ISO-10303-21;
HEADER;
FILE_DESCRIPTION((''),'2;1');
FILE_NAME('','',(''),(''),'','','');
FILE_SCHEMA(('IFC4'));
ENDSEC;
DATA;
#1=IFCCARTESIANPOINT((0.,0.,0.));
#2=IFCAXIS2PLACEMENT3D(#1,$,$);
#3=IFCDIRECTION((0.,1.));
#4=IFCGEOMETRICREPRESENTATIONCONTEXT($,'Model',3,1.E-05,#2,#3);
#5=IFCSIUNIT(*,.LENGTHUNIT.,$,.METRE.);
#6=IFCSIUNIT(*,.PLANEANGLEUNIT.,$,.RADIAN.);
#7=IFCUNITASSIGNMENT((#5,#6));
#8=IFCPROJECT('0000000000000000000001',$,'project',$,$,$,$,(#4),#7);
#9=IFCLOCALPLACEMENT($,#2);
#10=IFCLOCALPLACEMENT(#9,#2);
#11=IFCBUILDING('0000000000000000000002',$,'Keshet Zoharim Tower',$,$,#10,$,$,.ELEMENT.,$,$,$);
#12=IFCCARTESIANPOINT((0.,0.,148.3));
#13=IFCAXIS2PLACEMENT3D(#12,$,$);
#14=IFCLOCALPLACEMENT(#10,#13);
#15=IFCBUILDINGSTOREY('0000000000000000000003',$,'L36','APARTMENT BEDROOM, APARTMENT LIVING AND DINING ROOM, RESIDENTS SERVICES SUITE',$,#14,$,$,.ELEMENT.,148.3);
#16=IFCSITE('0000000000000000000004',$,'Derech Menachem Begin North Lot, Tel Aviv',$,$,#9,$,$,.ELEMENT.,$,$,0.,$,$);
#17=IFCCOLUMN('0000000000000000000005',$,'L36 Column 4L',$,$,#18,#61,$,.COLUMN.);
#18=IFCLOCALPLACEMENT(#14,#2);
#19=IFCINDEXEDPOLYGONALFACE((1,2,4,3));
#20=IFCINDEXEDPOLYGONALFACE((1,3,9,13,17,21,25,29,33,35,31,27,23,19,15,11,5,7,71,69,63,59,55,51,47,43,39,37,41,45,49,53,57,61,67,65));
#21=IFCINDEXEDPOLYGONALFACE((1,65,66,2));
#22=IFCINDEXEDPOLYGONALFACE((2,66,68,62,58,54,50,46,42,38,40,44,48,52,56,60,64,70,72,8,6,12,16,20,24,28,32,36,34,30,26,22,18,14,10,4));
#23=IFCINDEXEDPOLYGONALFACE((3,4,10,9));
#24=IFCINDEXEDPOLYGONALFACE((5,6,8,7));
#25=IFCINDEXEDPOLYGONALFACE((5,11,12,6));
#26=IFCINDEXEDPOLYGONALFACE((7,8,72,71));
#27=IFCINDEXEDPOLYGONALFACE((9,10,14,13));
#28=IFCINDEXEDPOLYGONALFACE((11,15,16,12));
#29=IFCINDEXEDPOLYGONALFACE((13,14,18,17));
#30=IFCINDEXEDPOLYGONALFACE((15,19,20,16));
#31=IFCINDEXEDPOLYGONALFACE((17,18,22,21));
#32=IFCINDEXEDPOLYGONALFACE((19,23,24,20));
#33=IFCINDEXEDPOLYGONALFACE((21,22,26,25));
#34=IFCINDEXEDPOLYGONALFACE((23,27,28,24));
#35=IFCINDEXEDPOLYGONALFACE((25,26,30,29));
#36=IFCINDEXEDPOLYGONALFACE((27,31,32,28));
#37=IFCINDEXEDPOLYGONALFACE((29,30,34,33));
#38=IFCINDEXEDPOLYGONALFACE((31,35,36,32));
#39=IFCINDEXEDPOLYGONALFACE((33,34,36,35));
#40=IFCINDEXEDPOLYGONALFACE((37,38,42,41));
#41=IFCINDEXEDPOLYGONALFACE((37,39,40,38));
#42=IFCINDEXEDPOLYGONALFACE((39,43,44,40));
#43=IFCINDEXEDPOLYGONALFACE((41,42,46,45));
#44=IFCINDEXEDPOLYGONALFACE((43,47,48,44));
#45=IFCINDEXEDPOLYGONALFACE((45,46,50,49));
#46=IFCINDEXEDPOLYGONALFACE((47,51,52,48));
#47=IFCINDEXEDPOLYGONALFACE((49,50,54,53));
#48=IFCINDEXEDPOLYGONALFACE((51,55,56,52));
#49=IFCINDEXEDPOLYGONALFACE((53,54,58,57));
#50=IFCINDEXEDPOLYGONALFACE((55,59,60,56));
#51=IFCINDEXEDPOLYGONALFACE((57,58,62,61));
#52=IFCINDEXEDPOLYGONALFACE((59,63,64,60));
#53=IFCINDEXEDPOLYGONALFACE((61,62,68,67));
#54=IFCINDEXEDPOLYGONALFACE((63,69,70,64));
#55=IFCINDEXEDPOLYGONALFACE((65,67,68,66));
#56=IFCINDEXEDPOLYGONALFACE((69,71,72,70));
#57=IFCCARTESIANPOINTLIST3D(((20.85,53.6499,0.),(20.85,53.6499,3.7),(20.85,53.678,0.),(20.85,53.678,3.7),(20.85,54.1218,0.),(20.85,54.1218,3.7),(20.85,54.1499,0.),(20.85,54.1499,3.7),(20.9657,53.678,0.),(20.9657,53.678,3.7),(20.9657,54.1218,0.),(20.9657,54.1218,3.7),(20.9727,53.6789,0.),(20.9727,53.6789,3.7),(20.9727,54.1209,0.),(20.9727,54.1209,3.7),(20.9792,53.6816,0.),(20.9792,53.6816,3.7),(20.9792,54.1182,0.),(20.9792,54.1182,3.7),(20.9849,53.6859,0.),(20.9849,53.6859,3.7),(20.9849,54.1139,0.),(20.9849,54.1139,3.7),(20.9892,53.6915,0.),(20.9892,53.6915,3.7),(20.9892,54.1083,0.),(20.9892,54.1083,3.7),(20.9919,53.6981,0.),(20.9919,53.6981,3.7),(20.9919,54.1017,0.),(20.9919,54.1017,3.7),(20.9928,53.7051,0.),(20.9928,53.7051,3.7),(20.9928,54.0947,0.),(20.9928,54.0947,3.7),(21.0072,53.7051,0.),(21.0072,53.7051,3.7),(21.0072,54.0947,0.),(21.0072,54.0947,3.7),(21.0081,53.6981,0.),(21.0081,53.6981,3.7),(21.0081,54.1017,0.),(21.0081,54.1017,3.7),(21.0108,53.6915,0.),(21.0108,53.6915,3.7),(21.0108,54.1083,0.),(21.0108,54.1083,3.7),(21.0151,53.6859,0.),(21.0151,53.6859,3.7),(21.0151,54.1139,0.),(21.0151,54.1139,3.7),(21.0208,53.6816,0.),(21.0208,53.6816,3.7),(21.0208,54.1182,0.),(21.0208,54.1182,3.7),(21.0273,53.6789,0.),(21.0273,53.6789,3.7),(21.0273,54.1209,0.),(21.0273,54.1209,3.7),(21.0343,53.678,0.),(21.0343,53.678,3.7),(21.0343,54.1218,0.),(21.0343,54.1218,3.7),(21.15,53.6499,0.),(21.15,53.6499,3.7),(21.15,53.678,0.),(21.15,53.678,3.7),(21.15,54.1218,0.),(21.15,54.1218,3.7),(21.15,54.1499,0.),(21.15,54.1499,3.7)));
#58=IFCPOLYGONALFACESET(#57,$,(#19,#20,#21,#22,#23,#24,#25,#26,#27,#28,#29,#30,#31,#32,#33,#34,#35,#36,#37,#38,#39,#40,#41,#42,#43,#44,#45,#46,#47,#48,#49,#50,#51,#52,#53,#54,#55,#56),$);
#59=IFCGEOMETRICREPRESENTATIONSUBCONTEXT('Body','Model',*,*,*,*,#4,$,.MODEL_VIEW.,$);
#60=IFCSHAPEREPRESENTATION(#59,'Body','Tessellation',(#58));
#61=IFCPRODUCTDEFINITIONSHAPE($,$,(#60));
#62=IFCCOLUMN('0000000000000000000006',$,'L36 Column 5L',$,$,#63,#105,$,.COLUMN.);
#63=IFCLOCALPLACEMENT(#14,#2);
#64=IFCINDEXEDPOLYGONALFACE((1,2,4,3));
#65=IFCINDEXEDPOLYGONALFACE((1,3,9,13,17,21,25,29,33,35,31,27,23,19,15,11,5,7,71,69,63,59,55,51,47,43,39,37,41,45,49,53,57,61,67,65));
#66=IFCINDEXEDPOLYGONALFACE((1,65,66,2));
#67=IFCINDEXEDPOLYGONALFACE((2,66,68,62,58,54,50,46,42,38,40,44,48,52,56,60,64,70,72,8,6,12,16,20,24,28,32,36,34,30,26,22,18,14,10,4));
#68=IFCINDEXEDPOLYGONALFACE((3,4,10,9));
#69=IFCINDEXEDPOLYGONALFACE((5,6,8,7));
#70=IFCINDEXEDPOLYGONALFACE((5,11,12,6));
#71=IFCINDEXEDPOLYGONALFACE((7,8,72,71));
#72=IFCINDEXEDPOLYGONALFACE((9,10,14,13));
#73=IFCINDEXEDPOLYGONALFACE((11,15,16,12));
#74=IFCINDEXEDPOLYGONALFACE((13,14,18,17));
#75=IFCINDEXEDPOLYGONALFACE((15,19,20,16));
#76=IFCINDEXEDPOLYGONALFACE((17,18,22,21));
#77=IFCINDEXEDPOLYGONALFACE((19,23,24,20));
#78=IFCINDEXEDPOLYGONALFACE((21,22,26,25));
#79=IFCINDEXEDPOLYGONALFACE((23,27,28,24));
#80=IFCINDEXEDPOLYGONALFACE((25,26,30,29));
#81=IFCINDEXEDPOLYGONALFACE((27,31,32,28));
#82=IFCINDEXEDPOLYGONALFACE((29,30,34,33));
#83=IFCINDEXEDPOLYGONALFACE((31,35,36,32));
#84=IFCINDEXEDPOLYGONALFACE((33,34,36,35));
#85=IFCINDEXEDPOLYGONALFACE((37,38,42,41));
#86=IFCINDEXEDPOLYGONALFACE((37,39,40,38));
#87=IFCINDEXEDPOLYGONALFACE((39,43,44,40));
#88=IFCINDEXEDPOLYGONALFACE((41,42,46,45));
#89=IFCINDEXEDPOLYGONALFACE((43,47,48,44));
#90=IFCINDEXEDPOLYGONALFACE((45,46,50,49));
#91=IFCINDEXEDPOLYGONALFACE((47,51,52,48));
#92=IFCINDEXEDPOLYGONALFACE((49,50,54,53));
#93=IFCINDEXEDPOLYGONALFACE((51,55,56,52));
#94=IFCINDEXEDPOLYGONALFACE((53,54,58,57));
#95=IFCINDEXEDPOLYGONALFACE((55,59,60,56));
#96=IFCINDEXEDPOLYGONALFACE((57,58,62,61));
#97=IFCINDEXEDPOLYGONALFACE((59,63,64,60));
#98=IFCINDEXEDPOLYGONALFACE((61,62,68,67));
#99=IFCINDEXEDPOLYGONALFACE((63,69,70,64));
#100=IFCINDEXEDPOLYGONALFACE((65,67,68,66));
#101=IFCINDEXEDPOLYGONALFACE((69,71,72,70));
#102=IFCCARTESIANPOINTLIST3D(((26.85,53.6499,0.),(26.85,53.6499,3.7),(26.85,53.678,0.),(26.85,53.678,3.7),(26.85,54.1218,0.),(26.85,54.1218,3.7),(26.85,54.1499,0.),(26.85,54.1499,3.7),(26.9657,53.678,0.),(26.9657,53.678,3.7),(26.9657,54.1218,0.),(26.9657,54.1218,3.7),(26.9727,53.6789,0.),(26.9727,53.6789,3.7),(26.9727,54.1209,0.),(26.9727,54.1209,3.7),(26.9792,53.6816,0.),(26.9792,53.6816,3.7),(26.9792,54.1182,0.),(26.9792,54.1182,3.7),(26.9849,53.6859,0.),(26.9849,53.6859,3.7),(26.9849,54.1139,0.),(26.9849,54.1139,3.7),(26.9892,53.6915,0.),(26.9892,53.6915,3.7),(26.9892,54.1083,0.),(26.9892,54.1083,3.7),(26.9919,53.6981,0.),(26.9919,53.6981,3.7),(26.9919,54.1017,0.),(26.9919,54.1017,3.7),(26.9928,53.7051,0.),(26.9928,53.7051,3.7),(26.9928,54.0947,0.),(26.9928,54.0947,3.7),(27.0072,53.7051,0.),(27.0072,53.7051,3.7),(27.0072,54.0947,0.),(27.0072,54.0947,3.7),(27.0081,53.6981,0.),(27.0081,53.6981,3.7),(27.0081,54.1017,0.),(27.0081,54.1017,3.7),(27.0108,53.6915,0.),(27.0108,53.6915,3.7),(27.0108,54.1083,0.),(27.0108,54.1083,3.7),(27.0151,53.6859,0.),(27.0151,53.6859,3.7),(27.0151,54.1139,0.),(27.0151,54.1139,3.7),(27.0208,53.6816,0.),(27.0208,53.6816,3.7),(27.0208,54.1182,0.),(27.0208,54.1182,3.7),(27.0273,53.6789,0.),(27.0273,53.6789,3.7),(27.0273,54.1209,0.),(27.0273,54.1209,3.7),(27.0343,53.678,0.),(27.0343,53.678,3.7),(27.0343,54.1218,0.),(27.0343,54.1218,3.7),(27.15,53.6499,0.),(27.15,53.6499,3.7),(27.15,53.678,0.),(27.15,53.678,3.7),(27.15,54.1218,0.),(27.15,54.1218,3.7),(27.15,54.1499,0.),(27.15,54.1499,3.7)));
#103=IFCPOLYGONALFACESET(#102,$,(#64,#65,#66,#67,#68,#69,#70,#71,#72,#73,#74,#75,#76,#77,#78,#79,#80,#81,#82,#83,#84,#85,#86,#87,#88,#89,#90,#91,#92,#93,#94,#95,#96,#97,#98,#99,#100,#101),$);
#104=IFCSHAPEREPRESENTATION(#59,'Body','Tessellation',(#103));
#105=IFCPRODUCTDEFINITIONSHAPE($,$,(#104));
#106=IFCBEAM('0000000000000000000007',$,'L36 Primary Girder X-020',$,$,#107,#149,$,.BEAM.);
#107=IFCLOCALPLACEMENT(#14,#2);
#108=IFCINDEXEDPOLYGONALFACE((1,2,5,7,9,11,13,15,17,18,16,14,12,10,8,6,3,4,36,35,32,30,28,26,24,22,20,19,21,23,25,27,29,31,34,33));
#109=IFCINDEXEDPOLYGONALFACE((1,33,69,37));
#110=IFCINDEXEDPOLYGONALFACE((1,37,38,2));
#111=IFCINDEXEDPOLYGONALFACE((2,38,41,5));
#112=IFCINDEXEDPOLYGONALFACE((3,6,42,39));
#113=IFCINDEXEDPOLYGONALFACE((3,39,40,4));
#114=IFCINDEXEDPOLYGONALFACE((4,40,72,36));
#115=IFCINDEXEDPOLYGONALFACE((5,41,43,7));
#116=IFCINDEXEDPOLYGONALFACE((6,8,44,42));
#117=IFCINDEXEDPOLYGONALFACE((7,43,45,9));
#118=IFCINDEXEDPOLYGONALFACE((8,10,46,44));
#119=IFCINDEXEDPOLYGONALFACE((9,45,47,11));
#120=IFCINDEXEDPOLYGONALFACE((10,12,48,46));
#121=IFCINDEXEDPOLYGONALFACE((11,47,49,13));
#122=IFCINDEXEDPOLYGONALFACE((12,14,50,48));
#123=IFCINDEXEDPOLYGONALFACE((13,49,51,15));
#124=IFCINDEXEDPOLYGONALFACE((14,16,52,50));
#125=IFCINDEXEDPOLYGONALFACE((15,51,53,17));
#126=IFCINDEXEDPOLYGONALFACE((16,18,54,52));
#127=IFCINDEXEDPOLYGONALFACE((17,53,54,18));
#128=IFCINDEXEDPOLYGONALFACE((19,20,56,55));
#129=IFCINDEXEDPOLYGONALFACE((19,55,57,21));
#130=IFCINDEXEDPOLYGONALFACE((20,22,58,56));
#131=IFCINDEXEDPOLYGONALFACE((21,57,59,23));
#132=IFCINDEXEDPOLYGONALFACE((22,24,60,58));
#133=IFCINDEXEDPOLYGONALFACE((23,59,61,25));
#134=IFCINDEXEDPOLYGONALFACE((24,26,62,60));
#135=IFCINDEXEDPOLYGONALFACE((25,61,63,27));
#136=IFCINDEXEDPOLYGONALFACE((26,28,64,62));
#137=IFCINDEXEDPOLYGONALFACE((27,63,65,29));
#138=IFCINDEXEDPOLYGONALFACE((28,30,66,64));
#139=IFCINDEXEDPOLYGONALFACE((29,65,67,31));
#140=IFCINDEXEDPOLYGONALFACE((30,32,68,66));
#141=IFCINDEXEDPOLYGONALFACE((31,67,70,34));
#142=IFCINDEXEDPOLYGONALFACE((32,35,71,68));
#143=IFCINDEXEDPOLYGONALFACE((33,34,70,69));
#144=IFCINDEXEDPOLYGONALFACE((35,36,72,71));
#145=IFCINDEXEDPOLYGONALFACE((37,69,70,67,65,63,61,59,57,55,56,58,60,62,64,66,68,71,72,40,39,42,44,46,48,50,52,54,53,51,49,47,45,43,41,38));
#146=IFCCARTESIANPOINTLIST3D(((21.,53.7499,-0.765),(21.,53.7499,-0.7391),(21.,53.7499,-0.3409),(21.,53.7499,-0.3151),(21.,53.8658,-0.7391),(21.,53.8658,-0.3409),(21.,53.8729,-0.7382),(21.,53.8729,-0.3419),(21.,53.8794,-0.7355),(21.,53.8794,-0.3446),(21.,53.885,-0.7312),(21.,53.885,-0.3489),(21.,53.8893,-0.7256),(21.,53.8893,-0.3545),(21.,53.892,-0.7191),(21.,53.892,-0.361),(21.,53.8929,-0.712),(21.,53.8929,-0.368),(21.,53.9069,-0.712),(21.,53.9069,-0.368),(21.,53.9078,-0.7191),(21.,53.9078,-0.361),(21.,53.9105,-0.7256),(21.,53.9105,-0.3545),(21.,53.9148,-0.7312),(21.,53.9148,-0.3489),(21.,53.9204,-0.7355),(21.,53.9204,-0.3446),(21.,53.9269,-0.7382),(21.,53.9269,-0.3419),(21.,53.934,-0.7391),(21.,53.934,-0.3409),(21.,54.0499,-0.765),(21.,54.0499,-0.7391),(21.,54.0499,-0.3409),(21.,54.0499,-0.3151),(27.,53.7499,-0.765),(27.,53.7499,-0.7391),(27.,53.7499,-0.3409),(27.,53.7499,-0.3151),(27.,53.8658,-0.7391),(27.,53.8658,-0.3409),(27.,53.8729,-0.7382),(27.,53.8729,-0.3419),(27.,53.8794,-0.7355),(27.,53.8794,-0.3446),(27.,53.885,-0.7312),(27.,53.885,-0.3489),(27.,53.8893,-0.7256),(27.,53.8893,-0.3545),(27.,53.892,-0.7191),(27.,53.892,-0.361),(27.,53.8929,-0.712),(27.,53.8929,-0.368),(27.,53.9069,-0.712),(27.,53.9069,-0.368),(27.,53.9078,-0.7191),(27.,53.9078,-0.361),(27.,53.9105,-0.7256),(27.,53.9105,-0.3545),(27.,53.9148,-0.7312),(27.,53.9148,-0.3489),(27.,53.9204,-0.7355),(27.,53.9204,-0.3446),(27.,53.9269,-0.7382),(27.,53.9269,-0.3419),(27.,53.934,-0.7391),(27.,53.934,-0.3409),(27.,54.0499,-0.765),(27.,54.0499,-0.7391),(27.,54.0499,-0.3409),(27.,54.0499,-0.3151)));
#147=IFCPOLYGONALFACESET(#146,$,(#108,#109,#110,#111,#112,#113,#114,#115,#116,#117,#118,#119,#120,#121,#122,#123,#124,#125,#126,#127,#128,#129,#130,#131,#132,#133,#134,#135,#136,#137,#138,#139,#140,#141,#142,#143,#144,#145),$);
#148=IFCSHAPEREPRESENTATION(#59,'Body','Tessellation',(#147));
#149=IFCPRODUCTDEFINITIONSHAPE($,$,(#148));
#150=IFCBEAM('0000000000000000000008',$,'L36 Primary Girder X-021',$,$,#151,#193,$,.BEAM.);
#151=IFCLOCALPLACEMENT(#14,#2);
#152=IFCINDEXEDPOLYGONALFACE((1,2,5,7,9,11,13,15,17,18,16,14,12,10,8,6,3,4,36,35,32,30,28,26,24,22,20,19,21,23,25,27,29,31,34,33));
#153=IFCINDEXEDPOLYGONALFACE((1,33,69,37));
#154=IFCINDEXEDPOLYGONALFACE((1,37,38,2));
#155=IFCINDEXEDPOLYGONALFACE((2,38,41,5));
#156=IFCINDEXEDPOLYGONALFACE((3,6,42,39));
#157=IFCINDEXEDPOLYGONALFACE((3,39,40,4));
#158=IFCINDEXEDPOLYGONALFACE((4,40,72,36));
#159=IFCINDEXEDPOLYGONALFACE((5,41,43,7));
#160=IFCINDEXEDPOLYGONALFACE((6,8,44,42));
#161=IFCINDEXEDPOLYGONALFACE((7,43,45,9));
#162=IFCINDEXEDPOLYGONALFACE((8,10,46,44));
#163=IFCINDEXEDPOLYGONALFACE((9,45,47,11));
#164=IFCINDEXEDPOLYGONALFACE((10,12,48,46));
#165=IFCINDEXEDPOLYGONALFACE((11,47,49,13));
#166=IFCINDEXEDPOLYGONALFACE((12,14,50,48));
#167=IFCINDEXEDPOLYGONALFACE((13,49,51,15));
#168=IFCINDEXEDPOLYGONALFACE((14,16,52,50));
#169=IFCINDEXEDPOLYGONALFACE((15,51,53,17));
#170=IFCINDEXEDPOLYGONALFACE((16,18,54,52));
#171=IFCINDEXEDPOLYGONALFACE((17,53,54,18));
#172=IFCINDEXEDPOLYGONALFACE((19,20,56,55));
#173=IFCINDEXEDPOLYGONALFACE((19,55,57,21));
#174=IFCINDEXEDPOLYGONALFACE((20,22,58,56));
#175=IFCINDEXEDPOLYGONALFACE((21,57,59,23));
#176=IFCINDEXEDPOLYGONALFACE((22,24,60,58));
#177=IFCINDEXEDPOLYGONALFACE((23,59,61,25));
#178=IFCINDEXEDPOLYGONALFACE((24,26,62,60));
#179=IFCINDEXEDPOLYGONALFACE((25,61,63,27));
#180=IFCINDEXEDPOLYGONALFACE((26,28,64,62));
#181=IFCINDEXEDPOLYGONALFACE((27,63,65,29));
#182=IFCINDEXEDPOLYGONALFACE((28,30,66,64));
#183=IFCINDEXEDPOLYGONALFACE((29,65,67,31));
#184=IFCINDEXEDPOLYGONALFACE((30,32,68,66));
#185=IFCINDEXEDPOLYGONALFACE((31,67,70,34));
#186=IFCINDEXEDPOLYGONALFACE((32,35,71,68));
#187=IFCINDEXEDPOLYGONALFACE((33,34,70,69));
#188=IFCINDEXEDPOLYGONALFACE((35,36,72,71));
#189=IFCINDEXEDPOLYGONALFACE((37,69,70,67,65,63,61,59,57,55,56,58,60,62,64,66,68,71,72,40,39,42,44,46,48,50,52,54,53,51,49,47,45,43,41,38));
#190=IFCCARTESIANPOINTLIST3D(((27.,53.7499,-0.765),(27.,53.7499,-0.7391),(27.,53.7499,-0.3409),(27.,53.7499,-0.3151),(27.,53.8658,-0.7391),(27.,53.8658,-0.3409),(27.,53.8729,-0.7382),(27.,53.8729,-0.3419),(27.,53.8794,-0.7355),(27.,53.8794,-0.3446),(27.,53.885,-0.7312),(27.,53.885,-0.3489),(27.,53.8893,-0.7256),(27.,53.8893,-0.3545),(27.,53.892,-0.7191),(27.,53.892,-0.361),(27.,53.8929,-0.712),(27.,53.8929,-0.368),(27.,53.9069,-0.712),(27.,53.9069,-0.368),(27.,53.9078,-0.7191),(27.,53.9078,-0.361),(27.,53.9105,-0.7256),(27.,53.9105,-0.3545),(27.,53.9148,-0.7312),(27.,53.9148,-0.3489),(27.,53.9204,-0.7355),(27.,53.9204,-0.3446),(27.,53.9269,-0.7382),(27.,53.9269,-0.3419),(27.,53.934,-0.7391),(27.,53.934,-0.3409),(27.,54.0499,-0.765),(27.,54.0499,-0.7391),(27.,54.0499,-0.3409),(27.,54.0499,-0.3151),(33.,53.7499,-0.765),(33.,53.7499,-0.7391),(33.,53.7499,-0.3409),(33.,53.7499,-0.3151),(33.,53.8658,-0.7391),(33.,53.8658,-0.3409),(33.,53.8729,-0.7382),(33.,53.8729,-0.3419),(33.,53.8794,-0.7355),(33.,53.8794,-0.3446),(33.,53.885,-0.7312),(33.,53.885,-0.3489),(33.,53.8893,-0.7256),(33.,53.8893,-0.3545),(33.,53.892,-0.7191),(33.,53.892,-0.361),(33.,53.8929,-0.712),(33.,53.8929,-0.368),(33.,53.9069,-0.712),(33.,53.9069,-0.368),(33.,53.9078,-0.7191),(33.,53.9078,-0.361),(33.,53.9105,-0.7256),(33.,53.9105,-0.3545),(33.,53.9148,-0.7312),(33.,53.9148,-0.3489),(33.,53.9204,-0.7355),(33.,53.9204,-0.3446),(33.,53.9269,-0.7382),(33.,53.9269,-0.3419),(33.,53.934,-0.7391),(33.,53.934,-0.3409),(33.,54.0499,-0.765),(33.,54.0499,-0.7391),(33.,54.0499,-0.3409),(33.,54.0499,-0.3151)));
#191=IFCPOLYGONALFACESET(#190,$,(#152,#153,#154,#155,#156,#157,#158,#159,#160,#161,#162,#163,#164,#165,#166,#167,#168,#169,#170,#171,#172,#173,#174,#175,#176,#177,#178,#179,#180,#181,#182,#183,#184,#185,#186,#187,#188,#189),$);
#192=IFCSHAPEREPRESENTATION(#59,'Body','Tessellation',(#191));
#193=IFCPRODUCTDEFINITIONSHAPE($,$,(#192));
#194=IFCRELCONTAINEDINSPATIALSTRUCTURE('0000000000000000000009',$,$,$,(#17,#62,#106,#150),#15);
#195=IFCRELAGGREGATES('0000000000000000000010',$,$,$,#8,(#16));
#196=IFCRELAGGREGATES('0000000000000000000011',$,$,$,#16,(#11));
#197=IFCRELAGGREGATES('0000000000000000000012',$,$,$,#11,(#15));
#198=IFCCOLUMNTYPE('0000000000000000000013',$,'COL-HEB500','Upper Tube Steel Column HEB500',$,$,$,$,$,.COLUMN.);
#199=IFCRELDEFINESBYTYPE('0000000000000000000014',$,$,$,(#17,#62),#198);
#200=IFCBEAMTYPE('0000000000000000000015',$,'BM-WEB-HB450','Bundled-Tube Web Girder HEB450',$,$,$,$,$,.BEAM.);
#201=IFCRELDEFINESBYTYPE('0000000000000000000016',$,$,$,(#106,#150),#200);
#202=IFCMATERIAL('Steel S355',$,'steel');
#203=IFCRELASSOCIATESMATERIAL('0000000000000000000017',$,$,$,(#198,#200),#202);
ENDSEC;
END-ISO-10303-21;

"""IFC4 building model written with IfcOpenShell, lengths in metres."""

from ifc_helpers import new_model, si_unit, direction, frame, origin, origin_2d, place, context, subcontext, project, spatial, i_section, extrude, material, material_profile, profile_set, type_object, element, save


model = new_model("IFC4")

# Units and contexts
model_context = context("Model", 3, precision=1e-05, world=origin(), true_north=direction((0.0, 1.0)))
body_context = subcontext(model_context, "Body", "Model", "MODEL_VIEW")
ifc_project = project(units=[si_unit("LENGTHUNIT", "METRE"), si_unit("PLANEANGLEUNIT", "RADIAN")], contexts=[model_context])

# Site, building, storey
site_placement = place(None, origin())
site = spatial("IfcSite", under=ifc_project, at=site_placement, Name="Derech Menachem Begin North Lot, Tel Aviv", CompositionType="ELEMENT", RefElevation=0.0)
building_placement = place(site_placement, origin())
building = spatial("IfcBuilding", under=site, at=building_placement, Name="Keshet Zoharim Tower", CompositionType="ELEMENT")
storey_placement = place(building_placement, frame((0.0, 0.0, 148.3)))
storey = spatial("IfcBuildingStorey", under=building, at=storey_placement, Name="L36", Description="APARTMENT BEDROOM, APARTMENT LIVING AND DINING ROOM, RESIDENTS SERVICES SUITE", CompositionType="ELEMENT", Elevation=148.3)

# Columns
ifc_material_1 = material(Name="Steel S355", Category="steel")
ifc_material_profile_1 = material_profile(ifc_material_1, i_section(OverallWidth=0.3, OverallDepth=0.5, WebThickness=0.0144, FlangeThickness=0.0281, FilletRadius=0.0271, at=origin_2d()), Name="HEB500")
ifc_profile_set_1 = profile_set([ifc_material_profile_1], Name="Steel S355")
column_type = type_object("IfcColumnType", Name="COL-HEB500", Description="Upper Tube Steel Column HEB500", PredefinedType="COLUMN", material=ifc_profile_set_1)
for number, where, z_axis, x_axis, name in (
    (1, (21.0, 53.8999, 0.0), (0.0, 0.0, 1.0), (1.0, 0.0, 0.0), "L36 Column 4L"),
    (2, (27.0, 53.8999, 0.0), (0.0, 0.0, 1.0), (1.0, 0.0, 0.0), "L36 Column 5L"),
):
    element("IfcColumn", number, at=place(storey_placement, frame(where, z_axis=z_axis, x_axis=x_axis)), inside=storey, type_object=column_type, Name=name, PredefinedType="COLUMN", context=body_context, shape_type="SweptSolid", body=[
        extrude(i_section(OverallWidth=0.3, OverallDepth=0.5, WebThickness=0.0144, FlangeThickness=0.0281, FilletRadius=0.0271, at=origin_2d()), origin(), (0.0, 0.0, 1.0), 3.7),
    ])

# Beams
ifc_material_profile_2 = material_profile(ifc_material_1, i_section(OverallWidth=0.3, OverallDepth=0.45, WebThickness=0.0139, FlangeThickness=0.0259, FilletRadius=0.0271, at=origin_2d()), Name="HEB450")
ifc_profile_set_2 = profile_set([ifc_material_profile_2], Name="Steel S355")
beam_type = type_object("IfcBeamType", Name="BM-WEB-HB450", Description="Bundled-Tube Web Girder HEB450", PredefinedType="BEAM", material=ifc_profile_set_2)
for number, where, z_axis, x_axis, name in (
    (3, (21.0, 53.8999, -0.54), (1.0, 0.0, 0.0), (0.0, 1.0, 0.0), "L36 Primary Girder X-020"),
    (4, (27.0, 53.8999, -0.54), (1.0, 0.0, 0.0), (0.0, 1.0, 0.0), "L36 Primary Girder X-021"),
):
    element("IfcBeam", number, at=place(storey_placement, frame(where, z_axis=z_axis, x_axis=x_axis)), inside=storey, type_object=beam_type, Name=name, PredefinedType="BEAM", context=body_context, shape_type="SweptSolid", body=[
        extrude(i_section(OverallWidth=0.3, OverallDepth=0.45, WebThickness=0.0139, FlangeThickness=0.0259, FilletRadius=0.0271, at=origin_2d()), origin(), (0.0, 0.0, 1.0), 6.0),
    ])

save(model, "model.ifc")
